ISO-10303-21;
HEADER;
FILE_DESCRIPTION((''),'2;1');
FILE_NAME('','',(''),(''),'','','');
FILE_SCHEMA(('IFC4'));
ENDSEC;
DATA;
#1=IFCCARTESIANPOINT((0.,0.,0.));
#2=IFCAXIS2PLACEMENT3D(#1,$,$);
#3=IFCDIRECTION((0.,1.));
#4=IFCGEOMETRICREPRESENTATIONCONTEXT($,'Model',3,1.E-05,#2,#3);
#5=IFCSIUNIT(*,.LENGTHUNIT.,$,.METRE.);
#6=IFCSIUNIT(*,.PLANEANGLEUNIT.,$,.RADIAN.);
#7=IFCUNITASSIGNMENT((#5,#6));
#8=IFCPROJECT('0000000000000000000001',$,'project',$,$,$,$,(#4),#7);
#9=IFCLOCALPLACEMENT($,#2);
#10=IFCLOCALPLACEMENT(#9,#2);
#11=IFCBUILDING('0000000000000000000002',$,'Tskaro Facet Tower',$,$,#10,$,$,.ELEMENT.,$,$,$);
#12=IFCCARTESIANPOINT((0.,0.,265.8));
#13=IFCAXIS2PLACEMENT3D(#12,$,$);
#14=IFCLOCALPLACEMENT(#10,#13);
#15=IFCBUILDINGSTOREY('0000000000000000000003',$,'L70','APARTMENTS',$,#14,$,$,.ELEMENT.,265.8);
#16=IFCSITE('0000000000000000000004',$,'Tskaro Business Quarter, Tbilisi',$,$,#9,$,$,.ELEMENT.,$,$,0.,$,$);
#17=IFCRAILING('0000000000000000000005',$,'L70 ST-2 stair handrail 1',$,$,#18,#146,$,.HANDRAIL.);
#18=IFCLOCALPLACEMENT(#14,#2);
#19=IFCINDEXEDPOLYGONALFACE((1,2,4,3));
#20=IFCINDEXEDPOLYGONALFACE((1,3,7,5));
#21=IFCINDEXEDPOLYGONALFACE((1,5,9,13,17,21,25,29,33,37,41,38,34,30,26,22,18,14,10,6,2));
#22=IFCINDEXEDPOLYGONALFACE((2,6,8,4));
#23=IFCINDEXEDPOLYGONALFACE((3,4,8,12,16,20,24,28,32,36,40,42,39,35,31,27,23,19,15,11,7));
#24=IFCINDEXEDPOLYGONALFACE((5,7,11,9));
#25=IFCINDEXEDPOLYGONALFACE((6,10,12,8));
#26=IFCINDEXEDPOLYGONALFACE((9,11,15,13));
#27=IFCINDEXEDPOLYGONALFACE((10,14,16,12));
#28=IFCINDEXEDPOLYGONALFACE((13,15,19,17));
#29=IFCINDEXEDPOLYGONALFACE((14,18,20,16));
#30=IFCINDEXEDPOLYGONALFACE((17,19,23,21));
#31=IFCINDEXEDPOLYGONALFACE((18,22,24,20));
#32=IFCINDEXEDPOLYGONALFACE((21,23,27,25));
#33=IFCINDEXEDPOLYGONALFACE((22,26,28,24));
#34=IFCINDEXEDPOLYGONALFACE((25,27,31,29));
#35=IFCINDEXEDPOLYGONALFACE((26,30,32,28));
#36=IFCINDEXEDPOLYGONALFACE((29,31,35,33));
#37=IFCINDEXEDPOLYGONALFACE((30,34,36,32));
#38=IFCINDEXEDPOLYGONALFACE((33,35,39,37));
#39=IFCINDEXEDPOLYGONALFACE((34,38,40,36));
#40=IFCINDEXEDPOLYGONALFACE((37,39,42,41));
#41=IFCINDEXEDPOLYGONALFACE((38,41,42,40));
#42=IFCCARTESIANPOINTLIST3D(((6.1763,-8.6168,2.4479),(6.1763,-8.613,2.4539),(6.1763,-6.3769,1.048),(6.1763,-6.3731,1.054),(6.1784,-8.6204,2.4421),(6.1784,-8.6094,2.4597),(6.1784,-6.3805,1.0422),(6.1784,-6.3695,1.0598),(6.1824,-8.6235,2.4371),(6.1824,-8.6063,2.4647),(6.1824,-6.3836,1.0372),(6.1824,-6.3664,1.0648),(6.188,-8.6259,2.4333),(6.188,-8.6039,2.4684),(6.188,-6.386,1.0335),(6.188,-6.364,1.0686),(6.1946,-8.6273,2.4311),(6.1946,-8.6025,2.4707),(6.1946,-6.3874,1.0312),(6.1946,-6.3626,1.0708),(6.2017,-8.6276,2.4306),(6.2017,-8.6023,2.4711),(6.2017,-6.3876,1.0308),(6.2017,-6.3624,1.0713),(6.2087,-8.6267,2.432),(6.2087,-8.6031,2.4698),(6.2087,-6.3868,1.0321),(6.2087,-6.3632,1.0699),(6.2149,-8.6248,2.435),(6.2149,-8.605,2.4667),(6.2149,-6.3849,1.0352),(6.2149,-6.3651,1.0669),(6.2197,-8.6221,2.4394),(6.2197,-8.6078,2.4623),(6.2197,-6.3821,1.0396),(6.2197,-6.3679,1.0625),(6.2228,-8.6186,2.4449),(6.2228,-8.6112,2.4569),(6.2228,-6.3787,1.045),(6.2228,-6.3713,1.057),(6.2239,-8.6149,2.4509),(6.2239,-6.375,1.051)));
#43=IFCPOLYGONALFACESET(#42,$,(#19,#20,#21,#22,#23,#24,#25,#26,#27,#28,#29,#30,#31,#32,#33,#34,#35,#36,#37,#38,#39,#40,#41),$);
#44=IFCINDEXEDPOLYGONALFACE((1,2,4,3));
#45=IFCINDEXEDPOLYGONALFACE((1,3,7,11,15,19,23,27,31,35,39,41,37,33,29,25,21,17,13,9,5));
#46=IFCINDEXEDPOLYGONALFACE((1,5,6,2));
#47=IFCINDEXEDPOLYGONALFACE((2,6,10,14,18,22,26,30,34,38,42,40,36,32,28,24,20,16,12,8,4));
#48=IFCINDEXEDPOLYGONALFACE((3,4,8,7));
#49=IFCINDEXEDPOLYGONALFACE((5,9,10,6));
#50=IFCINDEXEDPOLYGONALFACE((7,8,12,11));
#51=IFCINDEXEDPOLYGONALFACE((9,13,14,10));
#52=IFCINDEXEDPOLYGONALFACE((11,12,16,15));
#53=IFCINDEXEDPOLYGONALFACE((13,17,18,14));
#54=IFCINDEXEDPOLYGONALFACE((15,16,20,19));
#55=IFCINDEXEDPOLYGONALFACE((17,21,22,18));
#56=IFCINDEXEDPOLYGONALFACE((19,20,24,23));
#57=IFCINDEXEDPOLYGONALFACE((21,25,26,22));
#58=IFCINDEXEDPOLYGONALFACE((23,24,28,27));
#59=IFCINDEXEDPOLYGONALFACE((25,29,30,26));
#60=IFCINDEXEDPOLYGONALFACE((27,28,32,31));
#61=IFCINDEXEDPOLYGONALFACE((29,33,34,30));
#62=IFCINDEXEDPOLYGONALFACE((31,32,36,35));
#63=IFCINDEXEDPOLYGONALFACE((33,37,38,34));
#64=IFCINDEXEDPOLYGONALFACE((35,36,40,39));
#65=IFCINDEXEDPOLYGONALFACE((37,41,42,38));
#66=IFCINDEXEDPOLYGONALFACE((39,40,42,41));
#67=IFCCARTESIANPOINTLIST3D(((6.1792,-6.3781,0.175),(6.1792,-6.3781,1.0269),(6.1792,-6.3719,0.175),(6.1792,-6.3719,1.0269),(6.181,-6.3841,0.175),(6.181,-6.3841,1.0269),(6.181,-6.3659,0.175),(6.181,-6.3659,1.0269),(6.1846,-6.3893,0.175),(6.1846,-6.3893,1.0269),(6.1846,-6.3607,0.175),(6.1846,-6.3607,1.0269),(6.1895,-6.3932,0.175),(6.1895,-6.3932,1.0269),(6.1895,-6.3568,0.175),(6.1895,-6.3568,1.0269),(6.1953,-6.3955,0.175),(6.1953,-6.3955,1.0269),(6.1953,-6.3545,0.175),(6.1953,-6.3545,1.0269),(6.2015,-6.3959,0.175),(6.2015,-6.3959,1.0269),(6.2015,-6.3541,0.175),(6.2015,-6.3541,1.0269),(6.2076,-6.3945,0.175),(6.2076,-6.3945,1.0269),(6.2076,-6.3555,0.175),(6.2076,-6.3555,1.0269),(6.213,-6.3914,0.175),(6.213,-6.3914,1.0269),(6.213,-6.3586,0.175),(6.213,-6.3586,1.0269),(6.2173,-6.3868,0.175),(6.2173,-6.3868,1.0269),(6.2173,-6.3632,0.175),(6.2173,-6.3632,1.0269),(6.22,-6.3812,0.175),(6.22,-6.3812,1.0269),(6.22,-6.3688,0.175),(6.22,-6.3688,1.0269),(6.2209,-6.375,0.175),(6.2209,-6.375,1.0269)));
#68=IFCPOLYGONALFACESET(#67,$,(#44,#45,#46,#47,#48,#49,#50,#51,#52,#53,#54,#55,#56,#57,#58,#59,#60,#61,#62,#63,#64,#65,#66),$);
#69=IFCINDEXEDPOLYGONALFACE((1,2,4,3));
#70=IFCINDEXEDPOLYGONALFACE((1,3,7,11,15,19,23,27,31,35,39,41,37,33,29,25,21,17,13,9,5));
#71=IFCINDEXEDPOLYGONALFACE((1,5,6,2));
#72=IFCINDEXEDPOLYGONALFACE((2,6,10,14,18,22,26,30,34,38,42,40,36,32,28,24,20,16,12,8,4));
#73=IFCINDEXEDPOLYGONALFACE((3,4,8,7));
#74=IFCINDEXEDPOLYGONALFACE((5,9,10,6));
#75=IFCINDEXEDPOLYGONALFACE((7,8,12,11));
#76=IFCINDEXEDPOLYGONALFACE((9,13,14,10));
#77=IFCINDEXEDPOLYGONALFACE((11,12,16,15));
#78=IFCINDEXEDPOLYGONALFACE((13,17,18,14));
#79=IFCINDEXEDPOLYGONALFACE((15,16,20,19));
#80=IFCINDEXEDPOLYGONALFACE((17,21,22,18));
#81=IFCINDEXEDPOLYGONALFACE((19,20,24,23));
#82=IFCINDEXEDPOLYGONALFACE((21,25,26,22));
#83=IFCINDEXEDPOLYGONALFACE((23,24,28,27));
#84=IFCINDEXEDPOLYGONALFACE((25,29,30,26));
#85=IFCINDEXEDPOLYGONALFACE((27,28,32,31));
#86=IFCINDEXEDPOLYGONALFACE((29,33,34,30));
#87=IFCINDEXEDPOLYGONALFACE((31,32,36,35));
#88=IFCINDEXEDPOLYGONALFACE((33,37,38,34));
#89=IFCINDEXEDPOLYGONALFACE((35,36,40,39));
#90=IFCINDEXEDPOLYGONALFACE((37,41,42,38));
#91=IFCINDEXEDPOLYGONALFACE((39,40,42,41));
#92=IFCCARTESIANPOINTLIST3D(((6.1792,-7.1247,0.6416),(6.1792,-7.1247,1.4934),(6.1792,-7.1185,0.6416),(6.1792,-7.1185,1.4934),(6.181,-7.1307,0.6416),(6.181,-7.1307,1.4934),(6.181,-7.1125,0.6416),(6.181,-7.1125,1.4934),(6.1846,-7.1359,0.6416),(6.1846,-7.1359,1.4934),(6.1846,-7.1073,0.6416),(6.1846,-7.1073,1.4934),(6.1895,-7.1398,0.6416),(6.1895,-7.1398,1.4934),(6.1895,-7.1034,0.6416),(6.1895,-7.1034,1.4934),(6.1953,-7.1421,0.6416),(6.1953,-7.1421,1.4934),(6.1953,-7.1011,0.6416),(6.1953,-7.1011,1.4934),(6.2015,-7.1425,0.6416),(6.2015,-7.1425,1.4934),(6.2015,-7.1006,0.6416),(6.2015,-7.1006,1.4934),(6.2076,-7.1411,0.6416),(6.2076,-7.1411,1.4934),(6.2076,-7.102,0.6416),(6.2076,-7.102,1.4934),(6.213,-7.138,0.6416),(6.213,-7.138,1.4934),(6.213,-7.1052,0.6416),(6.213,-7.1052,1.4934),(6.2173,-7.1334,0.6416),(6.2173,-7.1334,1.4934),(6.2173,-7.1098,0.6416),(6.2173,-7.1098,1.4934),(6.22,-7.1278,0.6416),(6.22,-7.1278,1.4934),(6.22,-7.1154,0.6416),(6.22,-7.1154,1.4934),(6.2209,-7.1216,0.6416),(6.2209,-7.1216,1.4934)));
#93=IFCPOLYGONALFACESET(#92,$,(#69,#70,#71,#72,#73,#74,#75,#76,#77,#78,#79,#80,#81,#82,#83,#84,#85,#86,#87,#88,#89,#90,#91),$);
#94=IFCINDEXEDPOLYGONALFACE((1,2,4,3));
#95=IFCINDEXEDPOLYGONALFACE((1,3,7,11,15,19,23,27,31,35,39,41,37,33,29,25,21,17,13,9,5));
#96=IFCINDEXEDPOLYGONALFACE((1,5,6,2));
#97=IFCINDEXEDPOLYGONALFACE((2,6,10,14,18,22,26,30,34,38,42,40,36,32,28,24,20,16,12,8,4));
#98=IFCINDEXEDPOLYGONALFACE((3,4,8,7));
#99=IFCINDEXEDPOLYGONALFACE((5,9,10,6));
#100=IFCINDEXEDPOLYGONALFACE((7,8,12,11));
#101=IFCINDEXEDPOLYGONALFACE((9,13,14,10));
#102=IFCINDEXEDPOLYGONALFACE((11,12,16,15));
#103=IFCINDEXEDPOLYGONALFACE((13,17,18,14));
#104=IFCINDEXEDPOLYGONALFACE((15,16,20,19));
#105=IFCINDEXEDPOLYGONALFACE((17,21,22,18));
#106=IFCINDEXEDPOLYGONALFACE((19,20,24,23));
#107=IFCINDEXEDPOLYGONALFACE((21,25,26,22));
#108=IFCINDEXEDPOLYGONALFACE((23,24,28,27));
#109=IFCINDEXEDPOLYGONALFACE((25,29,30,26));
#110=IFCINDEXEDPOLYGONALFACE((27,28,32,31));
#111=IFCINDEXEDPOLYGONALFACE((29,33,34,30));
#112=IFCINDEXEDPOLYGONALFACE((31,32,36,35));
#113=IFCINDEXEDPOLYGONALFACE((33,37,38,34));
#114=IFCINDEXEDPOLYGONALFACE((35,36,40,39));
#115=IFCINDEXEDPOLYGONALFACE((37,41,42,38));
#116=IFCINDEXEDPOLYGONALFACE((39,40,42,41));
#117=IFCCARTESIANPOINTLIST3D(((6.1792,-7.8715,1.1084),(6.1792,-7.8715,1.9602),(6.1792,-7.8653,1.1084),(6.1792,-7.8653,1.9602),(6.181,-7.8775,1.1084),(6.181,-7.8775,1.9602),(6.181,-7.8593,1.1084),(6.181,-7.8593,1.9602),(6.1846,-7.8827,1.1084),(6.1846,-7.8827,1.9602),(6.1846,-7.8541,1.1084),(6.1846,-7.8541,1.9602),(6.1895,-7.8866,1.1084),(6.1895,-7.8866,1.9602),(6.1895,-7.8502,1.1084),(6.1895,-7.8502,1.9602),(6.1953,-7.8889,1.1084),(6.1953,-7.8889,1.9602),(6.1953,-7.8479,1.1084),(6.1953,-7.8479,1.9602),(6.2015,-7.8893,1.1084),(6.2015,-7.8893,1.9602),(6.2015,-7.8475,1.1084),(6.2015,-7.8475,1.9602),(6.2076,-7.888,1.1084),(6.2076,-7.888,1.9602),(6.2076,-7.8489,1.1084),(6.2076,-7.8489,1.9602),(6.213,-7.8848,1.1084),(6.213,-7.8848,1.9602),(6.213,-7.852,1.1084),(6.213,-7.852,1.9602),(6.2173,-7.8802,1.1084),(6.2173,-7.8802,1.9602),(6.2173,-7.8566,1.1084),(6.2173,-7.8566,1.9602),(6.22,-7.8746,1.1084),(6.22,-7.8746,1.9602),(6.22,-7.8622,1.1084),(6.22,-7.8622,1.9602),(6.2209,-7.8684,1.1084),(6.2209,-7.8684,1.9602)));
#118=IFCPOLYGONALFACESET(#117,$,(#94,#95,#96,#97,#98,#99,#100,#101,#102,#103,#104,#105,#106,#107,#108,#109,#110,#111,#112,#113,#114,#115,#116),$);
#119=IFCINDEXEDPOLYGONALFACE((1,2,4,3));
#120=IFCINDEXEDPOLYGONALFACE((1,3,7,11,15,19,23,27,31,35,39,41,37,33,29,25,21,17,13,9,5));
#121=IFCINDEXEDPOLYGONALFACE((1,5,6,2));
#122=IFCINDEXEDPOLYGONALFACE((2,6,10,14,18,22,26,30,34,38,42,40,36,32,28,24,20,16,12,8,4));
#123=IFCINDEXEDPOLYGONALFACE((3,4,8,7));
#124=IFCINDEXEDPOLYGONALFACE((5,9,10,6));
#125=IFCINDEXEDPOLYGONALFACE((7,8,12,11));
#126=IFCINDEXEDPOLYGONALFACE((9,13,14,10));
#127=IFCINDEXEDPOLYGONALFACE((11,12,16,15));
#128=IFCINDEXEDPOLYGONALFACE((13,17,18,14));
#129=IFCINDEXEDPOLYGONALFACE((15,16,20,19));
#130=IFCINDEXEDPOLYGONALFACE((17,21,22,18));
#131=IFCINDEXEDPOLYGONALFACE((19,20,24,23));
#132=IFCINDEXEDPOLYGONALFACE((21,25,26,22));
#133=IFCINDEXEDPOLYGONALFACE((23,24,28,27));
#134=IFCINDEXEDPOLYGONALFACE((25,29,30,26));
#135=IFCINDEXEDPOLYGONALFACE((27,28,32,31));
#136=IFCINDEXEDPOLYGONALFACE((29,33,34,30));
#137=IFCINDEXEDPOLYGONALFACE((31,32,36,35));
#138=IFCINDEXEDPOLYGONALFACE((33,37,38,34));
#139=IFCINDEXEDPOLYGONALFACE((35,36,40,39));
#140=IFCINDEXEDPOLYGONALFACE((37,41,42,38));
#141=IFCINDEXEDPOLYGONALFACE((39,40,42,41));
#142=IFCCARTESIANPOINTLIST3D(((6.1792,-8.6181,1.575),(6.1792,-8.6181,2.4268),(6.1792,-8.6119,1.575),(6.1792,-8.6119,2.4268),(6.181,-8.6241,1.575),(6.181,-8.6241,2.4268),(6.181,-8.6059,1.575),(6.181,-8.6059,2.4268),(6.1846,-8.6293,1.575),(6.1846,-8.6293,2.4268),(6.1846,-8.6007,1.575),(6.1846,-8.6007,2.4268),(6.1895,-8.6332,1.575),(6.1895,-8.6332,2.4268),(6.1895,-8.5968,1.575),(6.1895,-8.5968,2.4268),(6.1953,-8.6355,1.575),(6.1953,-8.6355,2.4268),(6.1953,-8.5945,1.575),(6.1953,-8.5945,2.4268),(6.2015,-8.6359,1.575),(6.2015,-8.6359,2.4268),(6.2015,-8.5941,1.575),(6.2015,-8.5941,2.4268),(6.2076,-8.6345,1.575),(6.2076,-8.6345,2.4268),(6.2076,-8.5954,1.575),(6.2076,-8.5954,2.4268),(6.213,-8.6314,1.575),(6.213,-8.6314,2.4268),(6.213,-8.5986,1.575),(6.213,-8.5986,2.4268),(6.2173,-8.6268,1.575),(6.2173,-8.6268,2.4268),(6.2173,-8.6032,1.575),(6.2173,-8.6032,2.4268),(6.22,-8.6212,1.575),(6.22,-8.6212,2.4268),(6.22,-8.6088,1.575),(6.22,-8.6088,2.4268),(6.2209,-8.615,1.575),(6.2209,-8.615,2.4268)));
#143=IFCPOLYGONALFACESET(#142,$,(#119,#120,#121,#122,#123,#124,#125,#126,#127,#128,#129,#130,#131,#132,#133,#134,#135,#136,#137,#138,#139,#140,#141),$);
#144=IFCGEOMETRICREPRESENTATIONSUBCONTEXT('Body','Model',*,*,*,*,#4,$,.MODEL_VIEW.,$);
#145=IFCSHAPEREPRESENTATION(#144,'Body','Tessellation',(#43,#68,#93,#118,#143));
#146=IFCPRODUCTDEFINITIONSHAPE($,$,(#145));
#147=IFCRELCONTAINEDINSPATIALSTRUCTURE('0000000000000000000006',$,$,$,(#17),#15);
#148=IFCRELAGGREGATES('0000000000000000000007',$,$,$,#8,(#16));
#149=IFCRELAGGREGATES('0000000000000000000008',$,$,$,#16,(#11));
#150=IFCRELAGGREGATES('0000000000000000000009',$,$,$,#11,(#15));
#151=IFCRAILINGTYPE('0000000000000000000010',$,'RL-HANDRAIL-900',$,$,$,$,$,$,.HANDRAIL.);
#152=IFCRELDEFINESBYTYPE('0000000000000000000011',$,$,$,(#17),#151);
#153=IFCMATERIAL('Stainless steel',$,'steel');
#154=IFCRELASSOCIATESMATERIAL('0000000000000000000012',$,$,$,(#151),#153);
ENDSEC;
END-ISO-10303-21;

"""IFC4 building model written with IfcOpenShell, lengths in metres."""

from ifc_helpers import new_model, si_unit, direction, frame, origin, origin_2d, place, context, subcontext, project, spatial, circle, extrude, material, type_object, element, save


model = new_model("IFC4")

# Units and contexts
model_context = context("Model", 3, precision=1e-05, world=origin(), true_north=direction((0.0, 1.0)))
body_context = subcontext(model_context, "Body", "Model", "MODEL_VIEW")
ifc_project = project(units=[si_unit("LENGTHUNIT", "METRE"), si_unit("PLANEANGLEUNIT", "RADIAN")], contexts=[model_context])

# Site, building, storey
site_placement = place(None, origin())
site = spatial("IfcSite", under=ifc_project, at=site_placement, Name="Tskaro Business Quarter, Tbilisi", CompositionType="ELEMENT", RefElevation=0.0)
building_placement = place(site_placement, origin())
building = spatial("IfcBuilding", under=site, at=building_placement, Name="Tskaro Facet Tower", CompositionType="ELEMENT")
storey_placement = place(building_placement, frame((0.0, 0.0, 265.8)))
storey = spatial("IfcBuildingStorey", under=building, at=storey_placement, Name="L70", Description="APARTMENTS", CompositionType="ELEMENT", Elevation=265.8)

# Railing
ifc_material_1 = material(Name="Stainless steel", Category="steel")
railing_type_1 = type_object("IfcRailingType", Name="RL-HANDRAIL-900", PredefinedType="HANDRAIL", material=ifc_material_1)
railing_1_placement = place(storey_placement, frame((6.2, -6.375, 0.175)))
element("IfcRailing", 1, at=railing_1_placement, inside=storey, type_object=railing_type_1, Name="L70 ST-2 stair handrail 1", PredefinedType="HANDRAIL", context=body_context, shape_type="SweptSolid", body=[
    extrude(circle(Radius=0.0239, at=origin_2d()), frame((0.0, 0.0, 0.876), z_axis=(0.0, -0.848014, 0.529974), x_axis=(1.0, 0.0, 0.0)), (0.0, 0.0, 1.0), 2.6414),
    extrude(circle(Radius=0.021, at=origin_2d()), origin(), (0.0, 0.0, 1.0), 0.8518),
    extrude(circle(Radius=0.021, at=origin_2d()), frame((0.0, -0.7466, 0.4666)), (0.0, 0.0, 1.0), 0.8518),
    extrude(circle(Radius=0.021, at=origin_2d()), frame((0.0, -1.4934, 0.9333)), (0.0, 0.0, 1.0), 0.8518),
    extrude(circle(Radius=0.021, at=origin_2d()), frame((0.0, -2.24, 1.3999)), (0.0, 0.0, 1.0), 0.8518),
])

save(model, "model.ifc")
